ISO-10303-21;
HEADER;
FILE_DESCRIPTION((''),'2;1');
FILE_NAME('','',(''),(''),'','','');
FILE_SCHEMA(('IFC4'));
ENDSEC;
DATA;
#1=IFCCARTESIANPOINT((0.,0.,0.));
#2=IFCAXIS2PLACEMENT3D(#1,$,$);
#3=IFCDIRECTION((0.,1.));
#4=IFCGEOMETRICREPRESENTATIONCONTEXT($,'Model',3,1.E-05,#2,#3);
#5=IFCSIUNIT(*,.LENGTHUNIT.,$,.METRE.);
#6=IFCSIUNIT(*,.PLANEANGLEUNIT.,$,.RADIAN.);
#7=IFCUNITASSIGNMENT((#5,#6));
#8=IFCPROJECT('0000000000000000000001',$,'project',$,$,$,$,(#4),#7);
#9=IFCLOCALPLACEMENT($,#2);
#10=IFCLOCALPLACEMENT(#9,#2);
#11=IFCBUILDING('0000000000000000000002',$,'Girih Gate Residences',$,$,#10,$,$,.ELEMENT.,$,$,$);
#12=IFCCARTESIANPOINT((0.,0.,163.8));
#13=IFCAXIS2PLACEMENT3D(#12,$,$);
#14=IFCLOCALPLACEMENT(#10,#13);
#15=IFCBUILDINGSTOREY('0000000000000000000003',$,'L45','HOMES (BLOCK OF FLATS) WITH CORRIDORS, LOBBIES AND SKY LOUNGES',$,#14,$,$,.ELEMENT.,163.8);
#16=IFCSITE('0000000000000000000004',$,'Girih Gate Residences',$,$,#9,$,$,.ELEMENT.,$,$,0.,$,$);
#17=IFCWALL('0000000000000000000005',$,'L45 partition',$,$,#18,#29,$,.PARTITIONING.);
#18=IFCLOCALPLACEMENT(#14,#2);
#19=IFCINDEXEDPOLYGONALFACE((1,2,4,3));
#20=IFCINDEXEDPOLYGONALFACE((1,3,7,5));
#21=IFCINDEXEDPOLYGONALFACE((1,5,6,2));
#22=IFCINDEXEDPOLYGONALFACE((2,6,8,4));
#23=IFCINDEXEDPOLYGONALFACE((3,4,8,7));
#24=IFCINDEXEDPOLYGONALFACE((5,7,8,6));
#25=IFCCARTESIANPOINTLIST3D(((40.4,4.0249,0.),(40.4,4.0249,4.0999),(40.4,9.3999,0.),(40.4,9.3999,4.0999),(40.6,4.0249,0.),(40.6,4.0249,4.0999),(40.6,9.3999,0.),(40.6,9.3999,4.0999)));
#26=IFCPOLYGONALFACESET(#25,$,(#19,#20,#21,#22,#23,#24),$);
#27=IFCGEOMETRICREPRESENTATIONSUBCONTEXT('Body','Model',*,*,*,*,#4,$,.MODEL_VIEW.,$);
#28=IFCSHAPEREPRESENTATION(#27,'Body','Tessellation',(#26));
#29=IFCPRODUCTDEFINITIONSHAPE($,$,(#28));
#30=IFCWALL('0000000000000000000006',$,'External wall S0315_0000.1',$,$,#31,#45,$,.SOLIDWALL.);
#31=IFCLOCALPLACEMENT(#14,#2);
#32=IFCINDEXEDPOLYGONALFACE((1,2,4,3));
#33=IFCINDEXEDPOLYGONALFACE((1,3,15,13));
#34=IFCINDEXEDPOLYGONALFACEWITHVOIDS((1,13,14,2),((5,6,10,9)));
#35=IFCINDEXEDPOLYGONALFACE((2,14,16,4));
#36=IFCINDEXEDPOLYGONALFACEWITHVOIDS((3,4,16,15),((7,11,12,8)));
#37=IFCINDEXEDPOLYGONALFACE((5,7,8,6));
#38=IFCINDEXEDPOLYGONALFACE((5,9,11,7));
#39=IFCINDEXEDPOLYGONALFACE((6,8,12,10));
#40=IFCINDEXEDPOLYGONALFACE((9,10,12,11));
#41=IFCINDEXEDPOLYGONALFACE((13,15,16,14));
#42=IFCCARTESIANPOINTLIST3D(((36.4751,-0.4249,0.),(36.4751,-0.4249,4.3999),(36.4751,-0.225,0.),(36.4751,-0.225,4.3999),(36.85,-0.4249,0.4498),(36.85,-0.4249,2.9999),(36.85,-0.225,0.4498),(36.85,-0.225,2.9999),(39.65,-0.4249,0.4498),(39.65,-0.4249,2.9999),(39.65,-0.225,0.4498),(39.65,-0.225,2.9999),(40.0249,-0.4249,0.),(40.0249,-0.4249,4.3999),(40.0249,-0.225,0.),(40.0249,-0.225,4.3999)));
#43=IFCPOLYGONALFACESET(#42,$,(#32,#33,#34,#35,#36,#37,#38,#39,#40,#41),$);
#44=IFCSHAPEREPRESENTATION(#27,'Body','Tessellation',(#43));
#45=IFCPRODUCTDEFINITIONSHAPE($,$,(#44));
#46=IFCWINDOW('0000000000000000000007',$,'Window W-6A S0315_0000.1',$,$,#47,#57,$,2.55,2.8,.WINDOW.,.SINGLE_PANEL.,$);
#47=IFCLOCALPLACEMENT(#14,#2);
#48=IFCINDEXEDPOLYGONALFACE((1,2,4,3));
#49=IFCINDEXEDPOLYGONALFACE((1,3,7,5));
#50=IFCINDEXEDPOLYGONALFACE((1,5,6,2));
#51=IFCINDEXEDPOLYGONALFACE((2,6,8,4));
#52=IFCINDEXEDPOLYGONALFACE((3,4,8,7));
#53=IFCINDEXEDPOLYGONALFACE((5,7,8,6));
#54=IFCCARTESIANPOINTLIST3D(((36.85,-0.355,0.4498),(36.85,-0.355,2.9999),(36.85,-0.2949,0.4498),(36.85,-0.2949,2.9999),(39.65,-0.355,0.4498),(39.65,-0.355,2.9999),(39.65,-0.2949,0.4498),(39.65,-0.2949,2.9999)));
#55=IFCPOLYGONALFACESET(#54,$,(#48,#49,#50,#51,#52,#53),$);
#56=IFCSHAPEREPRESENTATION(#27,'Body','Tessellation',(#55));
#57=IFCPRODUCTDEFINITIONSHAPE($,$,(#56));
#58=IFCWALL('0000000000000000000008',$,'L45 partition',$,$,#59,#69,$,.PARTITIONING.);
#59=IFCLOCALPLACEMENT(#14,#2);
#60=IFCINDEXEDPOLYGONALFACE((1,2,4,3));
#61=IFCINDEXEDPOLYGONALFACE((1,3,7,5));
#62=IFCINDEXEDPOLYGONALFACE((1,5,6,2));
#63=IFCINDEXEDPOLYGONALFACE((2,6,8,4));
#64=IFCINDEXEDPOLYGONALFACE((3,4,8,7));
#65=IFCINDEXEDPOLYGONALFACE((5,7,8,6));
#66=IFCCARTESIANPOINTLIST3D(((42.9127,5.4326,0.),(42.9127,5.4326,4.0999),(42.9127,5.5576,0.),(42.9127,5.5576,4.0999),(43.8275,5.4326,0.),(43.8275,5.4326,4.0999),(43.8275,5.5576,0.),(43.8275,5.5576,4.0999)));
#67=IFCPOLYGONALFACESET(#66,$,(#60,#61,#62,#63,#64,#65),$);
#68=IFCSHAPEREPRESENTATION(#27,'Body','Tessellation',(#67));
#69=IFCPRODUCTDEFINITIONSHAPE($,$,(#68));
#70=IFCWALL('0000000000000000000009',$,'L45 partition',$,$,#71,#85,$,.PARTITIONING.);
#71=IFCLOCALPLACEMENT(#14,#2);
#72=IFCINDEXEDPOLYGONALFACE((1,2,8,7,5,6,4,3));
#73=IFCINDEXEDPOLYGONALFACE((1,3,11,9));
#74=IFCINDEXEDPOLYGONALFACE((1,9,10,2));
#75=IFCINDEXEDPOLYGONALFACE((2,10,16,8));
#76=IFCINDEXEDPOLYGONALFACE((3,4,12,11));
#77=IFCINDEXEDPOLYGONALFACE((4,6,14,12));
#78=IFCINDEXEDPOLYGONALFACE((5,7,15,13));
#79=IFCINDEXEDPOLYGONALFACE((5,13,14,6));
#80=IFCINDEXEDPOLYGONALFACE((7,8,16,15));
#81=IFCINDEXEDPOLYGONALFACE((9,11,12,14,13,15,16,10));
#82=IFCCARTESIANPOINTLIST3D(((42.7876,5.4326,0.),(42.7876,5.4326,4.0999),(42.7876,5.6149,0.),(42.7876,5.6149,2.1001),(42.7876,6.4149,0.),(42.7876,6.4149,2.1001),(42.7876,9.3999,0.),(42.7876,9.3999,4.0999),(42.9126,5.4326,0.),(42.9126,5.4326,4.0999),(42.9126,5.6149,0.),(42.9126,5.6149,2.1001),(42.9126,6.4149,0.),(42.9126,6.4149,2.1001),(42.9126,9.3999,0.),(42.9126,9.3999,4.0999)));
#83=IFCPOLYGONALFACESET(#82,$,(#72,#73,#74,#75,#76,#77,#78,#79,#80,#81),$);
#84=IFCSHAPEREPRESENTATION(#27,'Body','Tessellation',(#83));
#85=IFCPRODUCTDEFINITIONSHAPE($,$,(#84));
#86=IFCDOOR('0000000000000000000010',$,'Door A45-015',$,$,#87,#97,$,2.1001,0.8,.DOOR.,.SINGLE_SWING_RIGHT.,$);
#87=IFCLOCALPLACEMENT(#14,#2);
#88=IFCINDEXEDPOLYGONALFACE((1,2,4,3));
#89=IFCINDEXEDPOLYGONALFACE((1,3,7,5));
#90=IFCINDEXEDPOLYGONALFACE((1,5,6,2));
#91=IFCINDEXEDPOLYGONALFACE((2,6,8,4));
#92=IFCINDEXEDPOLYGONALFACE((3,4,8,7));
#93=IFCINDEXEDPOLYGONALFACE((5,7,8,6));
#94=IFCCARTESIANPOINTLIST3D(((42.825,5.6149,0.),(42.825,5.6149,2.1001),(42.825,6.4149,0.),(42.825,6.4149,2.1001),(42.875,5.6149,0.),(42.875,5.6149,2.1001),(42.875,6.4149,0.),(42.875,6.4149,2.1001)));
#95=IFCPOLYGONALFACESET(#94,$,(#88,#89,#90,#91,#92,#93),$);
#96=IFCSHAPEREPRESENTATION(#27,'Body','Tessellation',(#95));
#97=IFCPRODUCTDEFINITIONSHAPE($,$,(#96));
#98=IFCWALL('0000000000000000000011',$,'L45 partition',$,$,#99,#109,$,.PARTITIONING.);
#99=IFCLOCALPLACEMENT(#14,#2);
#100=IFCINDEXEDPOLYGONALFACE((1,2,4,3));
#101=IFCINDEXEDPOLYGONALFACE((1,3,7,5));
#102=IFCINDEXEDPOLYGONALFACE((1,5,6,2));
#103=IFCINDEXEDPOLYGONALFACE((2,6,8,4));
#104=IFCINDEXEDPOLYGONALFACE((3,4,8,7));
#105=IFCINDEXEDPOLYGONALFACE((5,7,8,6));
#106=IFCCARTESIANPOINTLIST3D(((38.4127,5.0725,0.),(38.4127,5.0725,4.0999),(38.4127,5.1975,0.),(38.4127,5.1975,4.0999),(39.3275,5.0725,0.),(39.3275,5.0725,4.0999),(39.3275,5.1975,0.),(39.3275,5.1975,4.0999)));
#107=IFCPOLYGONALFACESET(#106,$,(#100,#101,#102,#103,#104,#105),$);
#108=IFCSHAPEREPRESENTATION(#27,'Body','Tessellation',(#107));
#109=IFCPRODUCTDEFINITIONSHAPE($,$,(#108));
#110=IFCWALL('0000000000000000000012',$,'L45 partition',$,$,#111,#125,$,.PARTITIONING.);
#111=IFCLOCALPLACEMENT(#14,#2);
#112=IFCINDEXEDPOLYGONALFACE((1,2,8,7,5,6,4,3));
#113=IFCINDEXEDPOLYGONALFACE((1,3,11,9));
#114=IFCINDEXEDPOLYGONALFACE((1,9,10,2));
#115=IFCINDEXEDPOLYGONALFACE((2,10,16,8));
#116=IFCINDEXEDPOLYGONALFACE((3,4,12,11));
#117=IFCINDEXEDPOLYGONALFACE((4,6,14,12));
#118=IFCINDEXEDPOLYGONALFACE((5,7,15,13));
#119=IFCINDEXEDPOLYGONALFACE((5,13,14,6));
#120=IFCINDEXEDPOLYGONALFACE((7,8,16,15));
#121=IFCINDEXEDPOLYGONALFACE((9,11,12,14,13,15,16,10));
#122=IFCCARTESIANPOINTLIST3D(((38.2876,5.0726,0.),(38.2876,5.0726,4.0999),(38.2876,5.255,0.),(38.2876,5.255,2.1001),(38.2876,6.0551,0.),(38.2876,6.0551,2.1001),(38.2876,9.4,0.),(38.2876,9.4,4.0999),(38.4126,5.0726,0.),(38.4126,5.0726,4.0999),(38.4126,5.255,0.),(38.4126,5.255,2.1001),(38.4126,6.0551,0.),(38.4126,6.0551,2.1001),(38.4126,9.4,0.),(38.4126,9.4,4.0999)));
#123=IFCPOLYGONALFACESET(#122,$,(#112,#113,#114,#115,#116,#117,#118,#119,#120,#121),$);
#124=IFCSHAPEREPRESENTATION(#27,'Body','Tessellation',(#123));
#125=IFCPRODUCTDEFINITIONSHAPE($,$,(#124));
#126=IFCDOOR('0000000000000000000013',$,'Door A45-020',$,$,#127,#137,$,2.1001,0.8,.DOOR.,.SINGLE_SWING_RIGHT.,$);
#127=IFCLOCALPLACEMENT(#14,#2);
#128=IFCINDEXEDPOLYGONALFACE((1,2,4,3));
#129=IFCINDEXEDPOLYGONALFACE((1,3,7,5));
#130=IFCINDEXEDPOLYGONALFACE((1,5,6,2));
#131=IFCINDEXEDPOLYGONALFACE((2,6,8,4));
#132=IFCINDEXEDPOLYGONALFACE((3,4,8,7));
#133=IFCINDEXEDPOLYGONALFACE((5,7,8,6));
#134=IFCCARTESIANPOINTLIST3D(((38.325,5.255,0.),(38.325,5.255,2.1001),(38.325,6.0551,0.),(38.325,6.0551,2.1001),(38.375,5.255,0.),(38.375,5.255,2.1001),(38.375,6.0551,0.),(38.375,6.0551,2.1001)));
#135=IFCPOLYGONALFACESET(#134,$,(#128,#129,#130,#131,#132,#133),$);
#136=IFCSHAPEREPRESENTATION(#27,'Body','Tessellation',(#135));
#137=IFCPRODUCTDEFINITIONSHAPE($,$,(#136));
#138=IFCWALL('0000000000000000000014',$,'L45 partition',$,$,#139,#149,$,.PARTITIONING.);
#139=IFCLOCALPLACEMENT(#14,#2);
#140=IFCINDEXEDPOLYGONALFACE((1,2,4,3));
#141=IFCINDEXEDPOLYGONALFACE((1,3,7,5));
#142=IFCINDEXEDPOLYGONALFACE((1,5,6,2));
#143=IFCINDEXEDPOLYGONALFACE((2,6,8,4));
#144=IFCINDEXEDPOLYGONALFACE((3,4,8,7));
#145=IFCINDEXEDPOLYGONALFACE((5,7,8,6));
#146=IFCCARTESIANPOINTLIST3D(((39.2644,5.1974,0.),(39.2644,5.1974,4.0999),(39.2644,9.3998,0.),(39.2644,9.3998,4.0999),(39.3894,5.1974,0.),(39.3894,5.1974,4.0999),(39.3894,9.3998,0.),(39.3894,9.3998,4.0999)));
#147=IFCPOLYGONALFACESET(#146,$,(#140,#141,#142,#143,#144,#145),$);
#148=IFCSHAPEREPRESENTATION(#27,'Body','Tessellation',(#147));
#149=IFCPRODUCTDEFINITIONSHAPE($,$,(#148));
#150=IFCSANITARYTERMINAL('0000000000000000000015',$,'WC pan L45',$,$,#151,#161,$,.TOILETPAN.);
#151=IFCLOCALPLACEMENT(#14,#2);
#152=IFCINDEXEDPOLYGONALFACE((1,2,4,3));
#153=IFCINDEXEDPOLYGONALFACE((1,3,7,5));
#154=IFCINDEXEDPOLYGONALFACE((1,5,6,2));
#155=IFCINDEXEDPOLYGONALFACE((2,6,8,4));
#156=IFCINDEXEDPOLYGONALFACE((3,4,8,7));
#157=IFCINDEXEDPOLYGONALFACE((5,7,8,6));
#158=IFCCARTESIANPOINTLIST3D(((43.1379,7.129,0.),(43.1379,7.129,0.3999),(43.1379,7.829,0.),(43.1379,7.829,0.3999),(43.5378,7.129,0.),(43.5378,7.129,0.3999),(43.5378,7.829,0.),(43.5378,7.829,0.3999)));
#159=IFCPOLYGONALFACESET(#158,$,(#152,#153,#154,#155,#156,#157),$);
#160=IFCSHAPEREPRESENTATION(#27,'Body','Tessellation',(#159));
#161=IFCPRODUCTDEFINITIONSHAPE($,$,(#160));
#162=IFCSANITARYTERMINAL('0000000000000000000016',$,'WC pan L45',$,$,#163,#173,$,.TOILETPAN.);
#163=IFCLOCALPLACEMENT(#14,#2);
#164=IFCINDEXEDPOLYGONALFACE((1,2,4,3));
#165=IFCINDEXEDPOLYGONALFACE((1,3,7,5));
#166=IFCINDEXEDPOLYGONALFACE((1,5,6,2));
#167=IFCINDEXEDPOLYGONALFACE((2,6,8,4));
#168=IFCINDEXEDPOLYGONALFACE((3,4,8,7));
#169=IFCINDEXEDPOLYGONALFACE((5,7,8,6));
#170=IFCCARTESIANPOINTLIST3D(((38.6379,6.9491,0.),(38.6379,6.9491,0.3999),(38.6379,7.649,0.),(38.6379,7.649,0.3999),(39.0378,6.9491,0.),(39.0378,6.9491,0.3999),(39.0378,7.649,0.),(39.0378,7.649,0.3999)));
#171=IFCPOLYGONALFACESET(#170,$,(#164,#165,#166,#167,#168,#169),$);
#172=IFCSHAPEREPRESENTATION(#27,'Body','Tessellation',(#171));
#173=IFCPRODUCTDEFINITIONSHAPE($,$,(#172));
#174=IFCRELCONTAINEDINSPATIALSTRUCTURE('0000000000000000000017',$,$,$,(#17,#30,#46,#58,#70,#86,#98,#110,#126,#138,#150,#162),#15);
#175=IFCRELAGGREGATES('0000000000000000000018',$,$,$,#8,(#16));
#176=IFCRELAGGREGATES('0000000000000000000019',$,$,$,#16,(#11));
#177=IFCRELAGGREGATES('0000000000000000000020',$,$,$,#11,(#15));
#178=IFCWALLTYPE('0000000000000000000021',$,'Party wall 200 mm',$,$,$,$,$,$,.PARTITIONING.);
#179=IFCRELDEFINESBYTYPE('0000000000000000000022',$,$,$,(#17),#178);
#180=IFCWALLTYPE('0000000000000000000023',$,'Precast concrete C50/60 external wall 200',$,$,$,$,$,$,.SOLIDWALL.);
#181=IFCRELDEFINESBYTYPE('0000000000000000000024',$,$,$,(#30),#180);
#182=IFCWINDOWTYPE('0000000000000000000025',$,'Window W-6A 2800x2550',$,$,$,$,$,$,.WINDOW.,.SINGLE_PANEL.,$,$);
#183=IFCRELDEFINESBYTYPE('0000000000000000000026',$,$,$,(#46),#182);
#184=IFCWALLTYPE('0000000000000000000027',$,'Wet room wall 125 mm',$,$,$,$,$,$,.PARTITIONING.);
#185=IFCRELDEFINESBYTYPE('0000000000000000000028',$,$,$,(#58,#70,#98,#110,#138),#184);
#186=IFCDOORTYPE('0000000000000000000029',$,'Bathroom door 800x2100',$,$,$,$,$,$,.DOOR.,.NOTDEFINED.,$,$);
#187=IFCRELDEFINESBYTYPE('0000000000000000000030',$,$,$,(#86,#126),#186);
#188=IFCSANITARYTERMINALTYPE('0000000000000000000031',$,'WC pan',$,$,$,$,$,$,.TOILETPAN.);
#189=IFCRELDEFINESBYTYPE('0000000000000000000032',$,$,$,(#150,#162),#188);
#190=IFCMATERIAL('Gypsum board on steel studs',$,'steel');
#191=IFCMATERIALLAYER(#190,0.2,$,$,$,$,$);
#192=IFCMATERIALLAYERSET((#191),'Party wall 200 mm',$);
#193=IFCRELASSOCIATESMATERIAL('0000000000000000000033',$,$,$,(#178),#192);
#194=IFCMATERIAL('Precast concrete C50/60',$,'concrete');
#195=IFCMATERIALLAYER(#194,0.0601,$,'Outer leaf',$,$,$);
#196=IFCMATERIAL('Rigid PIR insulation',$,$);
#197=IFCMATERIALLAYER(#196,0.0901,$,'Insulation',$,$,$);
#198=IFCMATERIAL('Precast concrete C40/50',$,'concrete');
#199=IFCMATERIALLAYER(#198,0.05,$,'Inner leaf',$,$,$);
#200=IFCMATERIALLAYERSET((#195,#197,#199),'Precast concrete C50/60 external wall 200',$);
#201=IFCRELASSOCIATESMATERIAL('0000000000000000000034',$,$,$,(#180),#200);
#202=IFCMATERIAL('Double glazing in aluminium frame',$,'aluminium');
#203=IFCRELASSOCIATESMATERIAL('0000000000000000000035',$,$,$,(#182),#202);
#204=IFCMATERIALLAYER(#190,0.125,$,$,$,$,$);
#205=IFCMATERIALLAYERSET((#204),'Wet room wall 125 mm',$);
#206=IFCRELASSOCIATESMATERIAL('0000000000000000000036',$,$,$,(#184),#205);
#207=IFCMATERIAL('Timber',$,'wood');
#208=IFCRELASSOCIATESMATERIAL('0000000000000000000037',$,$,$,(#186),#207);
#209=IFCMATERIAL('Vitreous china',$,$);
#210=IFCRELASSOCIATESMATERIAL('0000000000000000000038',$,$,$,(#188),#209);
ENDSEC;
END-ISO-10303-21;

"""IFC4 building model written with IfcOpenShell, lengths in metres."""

from ifc_helpers import new_model, si_unit, direction, frame, frame_2d, origin, origin_2d, place, context, subcontext, project, spatial, rectangle, extrude, material, layer, layer_set, type_object, element, fill, save


model = new_model("IFC4")

# Units and contexts
model_context = context("Model", 3, precision=1e-05, world=origin(), true_north=direction((0.0, 1.0)))
body_context = subcontext(model_context, "Body", "Model", "MODEL_VIEW")
ifc_project = project(units=[si_unit("LENGTHUNIT", "METRE"), si_unit("PLANEANGLEUNIT", "RADIAN")], contexts=[model_context])

# Site, building, storey
site_placement = place(None, origin())
site = spatial("IfcSite", under=ifc_project, at=site_placement, Name="Girih Gate Residences", CompositionType="ELEMENT", RefElevation=0.0)
building_placement = place(site_placement, origin())
building = spatial("IfcBuilding", under=site, at=building_placement, Name="Girih Gate Residences", CompositionType="ELEMENT")
storey_placement = place(building_placement, frame((0.0, 0.0, 163.8)))
storey = spatial("IfcBuildingStorey", under=building, at=storey_placement, Name="L45", Description="HOMES (BLOCK OF FLATS) WITH CORRIDORS, LOBBIES AND SKY LOUNGES", CompositionType="ELEMENT", Elevation=163.8)

# Shared definitions
ifc_material_1 = material(Name="Gypsum board on steel studs", Category="steel")

# Shared definitions
ifc_material_2 = material(Name="Timber", Category="wood")

# Wall
ifc_layer_1 = layer(ifc_material_1, 0.2)
ifc_layer_set_1 = layer_set([ifc_layer_1], Name="Party wall 200 mm")
wall_type_1 = type_object("IfcWallType", Name="Party wall 200 mm", PredefinedType="PARTITIONING", material=ifc_layer_set_1)
wall_1_placement = place(storey_placement, frame((40.5, 4.0249, 0.0), z_axis=(0.0, 0.0, 1.0), x_axis=(0.0, 1.0, 0.0)))
element("IfcWall", 1, at=wall_1_placement, inside=storey, type_object=wall_type_1, Name="L45 partition", PredefinedType="PARTITIONING", context=body_context, shape_type="SweptSolid", body=[
    extrude(rectangle(XDim=5.375, YDim=0.2, at=frame_2d((2.6875, 0.0))), origin(), (0.0, 0.0, 1.0), 4.0999),
])

# Wall, opening, window
ifc_material_3 = material(Name="Precast concrete C50/60", Category="concrete")
ifc_layer_2 = layer(ifc_material_3, 0.0601, Name="Outer leaf")
ifc_material_4 = material(Name="Rigid PIR insulation")
ifc_layer_3 = layer(ifc_material_4, 0.0901, Name="Insulation")
ifc_material_5 = material(Name="Precast concrete C40/50", Category="concrete")
ifc_layer_4 = layer(ifc_material_5, 0.05, Name="Inner leaf")
ifc_layer_set_2 = layer_set([ifc_layer_2, ifc_layer_3, ifc_layer_4], Name="Precast concrete C50/60 external wall 200")
wall_type_2 = type_object("IfcWallType", Name="Precast concrete C50/60 external wall 200", PredefinedType="SOLIDWALL", material=ifc_layer_set_2)
wall_2_placement = place(storey_placement, frame((40.0249, -0.325, 0.0), z_axis=(0.0, 0.0, 1.0), x_axis=(-1.0, 0.0, 0.0)))
wall_2 = element("IfcWall", 2, at=wall_2_placement, inside=storey, type_object=wall_type_2, Name="External wall S0315_0000.1", PredefinedType="SOLIDWALL", context=body_context, shape_type="SweptSolid", body=[
    extrude(rectangle(XDim=3.5498, YDim=0.2, at=frame_2d((1.7749, 0.0))), origin(), (0.0, 0.0, 1.0), 4.3999),
])
opening_1_placement = place(wall_2_placement, frame((0.375, 0.0, 0.45)))
opening_1 = element("IfcOpeningElement", 3, at=opening_1_placement, cuts=wall_2, PredefinedType="OPENING", context=body_context, shape_type="SweptSolid", body=[
    extrude(rectangle(XDim=2.8, YDim=2.55, at=frame_2d((1.3999, 1.2749))), frame((0.0, 0.1099, 0.0), z_axis=(0.0, -1.0, 0.0), x_axis=(1.0, 0.0, 0.0)), (0.0, 0.0, 1.0), 0.22),
])
ifc_material_6 = material(Name="Double glazing in aluminium frame", Category="aluminium")
window_type = type_object("IfcWindowType", Name="Window W-6A 2800x2550", PartitioningType="SINGLE_PANEL", PredefinedType="WINDOW", material=ifc_material_6)
window_placement = place(opening_1_placement, origin())
window = element("IfcWindow", 4, at=window_placement, inside=storey, type_object=window_type, Name="Window W-6A S0315_0000.1", OverallHeight=2.55, OverallWidth=2.8, PartitioningType="SINGLE_PANEL", PredefinedType="WINDOW", context=body_context, shape_type="SweptSolid", body=[
    extrude(rectangle(XDim=2.8, YDim=2.55, at=frame_2d((1.3999, 1.2749))), frame((0.0, 0.03, 0.0), z_axis=(0.0, -1.0, 0.0), x_axis=(1.0, 0.0, 0.0)), (0.0, 0.0, 1.0), 0.0601),
])
fill(opening_1, window)

# Wall
ifc_layer_5 = layer(ifc_material_1, 0.125)
ifc_layer_set_3 = layer_set([ifc_layer_5], Name="Wet room wall 125 mm")
wall_type_3 = type_object("IfcWallType", Name="Wet room wall 125 mm", PredefinedType="PARTITIONING", material=ifc_layer_set_3)
wall_3_placement = place(storey_placement, frame((42.9126, 5.4951, 0.0), z_axis=(0.0, 0.0, 1.0), x_axis=(1.0, 0.0, 0.0)))
element("IfcWall", 5, at=wall_3_placement, inside=storey, type_object=wall_type_3, Name="L45 partition", PredefinedType="PARTITIONING", context=body_context, shape_type="SweptSolid", body=[
    extrude(rectangle(XDim=0.9148, YDim=0.125, at=frame_2d((0.4575, 0.0))), origin(), (0.0, 0.0, 1.0), 4.0999),
])

# Wall, opening, door
wall_4_placement = place(storey_placement, frame((42.8501, 9.3999, 0.0), z_axis=(0.0, 0.0, 1.0), x_axis=(0.0, -1.0, 0.0)))
wall_4 = element("IfcWall", 6, at=wall_4_placement, inside=storey, type_object=wall_type_3, Name="L45 partition", PredefinedType="PARTITIONING", context=body_context, shape_type="SweptSolid", body=[
    extrude(rectangle(XDim=3.9673, YDim=0.125, at=frame_2d((1.9836, 0.0))), origin(), (0.0, 0.0, 1.0), 4.0999),
])
opening_2_placement = place(wall_4_placement, frame((2.9851, 0.0, 0.0)))
opening_2 = element("IfcOpeningElement", 7, at=opening_2_placement, cuts=wall_4, PredefinedType="OPENING", context=body_context, shape_type="SweptSolid", body=[
    extrude(rectangle(XDim=0.8, YDim=2.1001, at=frame_2d((0.3999, 1.05))), frame((0.0, 0.0725, 0.0), z_axis=(0.0, -1.0, 0.0), x_axis=(1.0, 0.0, 0.0)), (0.0, 0.0, 1.0), 0.145),
])
door_type_1 = type_object("IfcDoorType", Name="Bathroom door 800x2100", OperationType="NOTDEFINED", PredefinedType="DOOR", material=ifc_material_2)
door_1_placement = place(opening_2_placement, origin())
door_1 = element("IfcDoor", 8, at=door_1_placement, inside=storey, type_object=door_type_1, Name="Door A45-015", OperationType="SINGLE_SWING_RIGHT", OverallHeight=2.1001, OverallWidth=0.8, PredefinedType="DOOR", context=body_context, shape_type="SweptSolid", body=[
    extrude(rectangle(XDim=0.8, YDim=2.1001, at=frame_2d((0.3999, 1.05))), frame((0.0, 0.0249, 0.0), z_axis=(0.0, -1.0, 0.0), x_axis=(1.0, 0.0, 0.0)), (0.0, 0.0, 1.0), 0.05),
])
fill(opening_2, door_1)

# Wall
wall_5_placement = place(storey_placement, frame((38.4126, 5.135, 0.0), z_axis=(0.0, 0.0, 1.0), x_axis=(1.0, 0.0, 0.0)))
element("IfcWall", 9, at=wall_5_placement, inside=storey, type_object=wall_type_3, Name="L45 partition", PredefinedType="PARTITIONING", context=body_context, shape_type="SweptSolid", body=[
    extrude(rectangle(XDim=0.9148, YDim=0.125, at=frame_2d((0.4575, 0.0))), origin(), (0.0, 0.0, 1.0), 4.0999),
])

# Wall, opening, door
wall_6_placement = place(storey_placement, frame((38.3501, 9.3999, 0.0), z_axis=(0.0, 0.0, 1.0), x_axis=(0.0, -1.0, 0.0)))
wall_6 = element("IfcWall", 10, at=wall_6_placement, inside=storey, type_object=wall_type_3, Name="L45 partition", PredefinedType="PARTITIONING", context=body_context, shape_type="SweptSolid", body=[
    extrude(rectangle(XDim=4.3274, YDim=0.125, at=frame_2d((2.1636, 0.0))), origin(), (0.0, 0.0, 1.0), 4.0999),
])
opening_3_placement = place(wall_6_placement, frame((3.345, 0.0, 0.0)))
opening_3 = element("IfcOpeningElement", 11, at=opening_3_placement, cuts=wall_6, PredefinedType="OPENING", context=body_context, shape_type="SweptSolid", body=[
    extrude(rectangle(XDim=0.8, YDim=2.1001, at=frame_2d((0.3999, 1.05))), frame((0.0, 0.0725, 0.0), z_axis=(0.0, -1.0, 0.0), x_axis=(1.0, 0.0, 0.0)), (0.0, 0.0, 1.0), 0.145),
])
door_2_placement = place(opening_3_placement, origin())
door_2 = element("IfcDoor", 12, at=door_2_placement, inside=storey, type_object=door_type_1, Name="Door A45-020", OperationType="SINGLE_SWING_RIGHT", OverallHeight=2.1001, OverallWidth=0.8, PredefinedType="DOOR", context=body_context, shape_type="SweptSolid", body=[
    extrude(rectangle(XDim=0.8, YDim=2.1001, at=frame_2d((0.3999, 1.05))), frame((0.0, 0.0249, 0.0), z_axis=(0.0, -1.0, 0.0), x_axis=(1.0, 0.0, 0.0)), (0.0, 0.0, 1.0), 0.05),
])
fill(opening_3, door_2)

# Wall
wall_7_placement = place(storey_placement, frame((39.3269, 5.1975, 0.0), z_axis=(0.0, 0.0, 1.0), x_axis=(0.0, 1.0, 0.0)))
element("IfcWall", 13, at=wall_7_placement, inside=storey, type_object=wall_type_3, Name="L45 partition", PredefinedType="PARTITIONING", context=body_context, shape_type="SweptSolid", body=[
    extrude(rectangle(XDim=4.2024, YDim=0.125, at=frame_2d((2.1011, 0.0))), origin(), (0.0, 0.0, 1.0), 4.0999),
])

# Sanitary terminals
ifc_material_7 = material(Name="Vitreous china")
sanitary_terminal_type = type_object("IfcSanitaryTerminalType", Name="WC pan", PredefinedType="TOILETPAN", material=ifc_material_7)
for number, where, z_axis, x_axis, name in (
    (14, (43.3379, 7.479, 0.0), (0.0, 0.0, 1.0), (1.0, 0.0, 0.0), "WC pan L45"),
    (15, (38.8379, 7.2991, 0.0), (0.0, 0.0, 1.0), (1.0, 0.0, 0.0), "WC pan L45"),
):
    element("IfcSanitaryTerminal", number, at=place(storey_placement, frame(where, z_axis=z_axis, x_axis=x_axis)), inside=storey, type_object=sanitary_terminal_type, Name=name, PredefinedType="TOILETPAN", context=body_context, shape_type="SweptSolid", body=[
        extrude(rectangle(XDim=0.3999, YDim=0.7, at=origin_2d()), origin(), (0.0, 0.0, 1.0), 0.3999),
    ])

save(model, "model.ifc")
